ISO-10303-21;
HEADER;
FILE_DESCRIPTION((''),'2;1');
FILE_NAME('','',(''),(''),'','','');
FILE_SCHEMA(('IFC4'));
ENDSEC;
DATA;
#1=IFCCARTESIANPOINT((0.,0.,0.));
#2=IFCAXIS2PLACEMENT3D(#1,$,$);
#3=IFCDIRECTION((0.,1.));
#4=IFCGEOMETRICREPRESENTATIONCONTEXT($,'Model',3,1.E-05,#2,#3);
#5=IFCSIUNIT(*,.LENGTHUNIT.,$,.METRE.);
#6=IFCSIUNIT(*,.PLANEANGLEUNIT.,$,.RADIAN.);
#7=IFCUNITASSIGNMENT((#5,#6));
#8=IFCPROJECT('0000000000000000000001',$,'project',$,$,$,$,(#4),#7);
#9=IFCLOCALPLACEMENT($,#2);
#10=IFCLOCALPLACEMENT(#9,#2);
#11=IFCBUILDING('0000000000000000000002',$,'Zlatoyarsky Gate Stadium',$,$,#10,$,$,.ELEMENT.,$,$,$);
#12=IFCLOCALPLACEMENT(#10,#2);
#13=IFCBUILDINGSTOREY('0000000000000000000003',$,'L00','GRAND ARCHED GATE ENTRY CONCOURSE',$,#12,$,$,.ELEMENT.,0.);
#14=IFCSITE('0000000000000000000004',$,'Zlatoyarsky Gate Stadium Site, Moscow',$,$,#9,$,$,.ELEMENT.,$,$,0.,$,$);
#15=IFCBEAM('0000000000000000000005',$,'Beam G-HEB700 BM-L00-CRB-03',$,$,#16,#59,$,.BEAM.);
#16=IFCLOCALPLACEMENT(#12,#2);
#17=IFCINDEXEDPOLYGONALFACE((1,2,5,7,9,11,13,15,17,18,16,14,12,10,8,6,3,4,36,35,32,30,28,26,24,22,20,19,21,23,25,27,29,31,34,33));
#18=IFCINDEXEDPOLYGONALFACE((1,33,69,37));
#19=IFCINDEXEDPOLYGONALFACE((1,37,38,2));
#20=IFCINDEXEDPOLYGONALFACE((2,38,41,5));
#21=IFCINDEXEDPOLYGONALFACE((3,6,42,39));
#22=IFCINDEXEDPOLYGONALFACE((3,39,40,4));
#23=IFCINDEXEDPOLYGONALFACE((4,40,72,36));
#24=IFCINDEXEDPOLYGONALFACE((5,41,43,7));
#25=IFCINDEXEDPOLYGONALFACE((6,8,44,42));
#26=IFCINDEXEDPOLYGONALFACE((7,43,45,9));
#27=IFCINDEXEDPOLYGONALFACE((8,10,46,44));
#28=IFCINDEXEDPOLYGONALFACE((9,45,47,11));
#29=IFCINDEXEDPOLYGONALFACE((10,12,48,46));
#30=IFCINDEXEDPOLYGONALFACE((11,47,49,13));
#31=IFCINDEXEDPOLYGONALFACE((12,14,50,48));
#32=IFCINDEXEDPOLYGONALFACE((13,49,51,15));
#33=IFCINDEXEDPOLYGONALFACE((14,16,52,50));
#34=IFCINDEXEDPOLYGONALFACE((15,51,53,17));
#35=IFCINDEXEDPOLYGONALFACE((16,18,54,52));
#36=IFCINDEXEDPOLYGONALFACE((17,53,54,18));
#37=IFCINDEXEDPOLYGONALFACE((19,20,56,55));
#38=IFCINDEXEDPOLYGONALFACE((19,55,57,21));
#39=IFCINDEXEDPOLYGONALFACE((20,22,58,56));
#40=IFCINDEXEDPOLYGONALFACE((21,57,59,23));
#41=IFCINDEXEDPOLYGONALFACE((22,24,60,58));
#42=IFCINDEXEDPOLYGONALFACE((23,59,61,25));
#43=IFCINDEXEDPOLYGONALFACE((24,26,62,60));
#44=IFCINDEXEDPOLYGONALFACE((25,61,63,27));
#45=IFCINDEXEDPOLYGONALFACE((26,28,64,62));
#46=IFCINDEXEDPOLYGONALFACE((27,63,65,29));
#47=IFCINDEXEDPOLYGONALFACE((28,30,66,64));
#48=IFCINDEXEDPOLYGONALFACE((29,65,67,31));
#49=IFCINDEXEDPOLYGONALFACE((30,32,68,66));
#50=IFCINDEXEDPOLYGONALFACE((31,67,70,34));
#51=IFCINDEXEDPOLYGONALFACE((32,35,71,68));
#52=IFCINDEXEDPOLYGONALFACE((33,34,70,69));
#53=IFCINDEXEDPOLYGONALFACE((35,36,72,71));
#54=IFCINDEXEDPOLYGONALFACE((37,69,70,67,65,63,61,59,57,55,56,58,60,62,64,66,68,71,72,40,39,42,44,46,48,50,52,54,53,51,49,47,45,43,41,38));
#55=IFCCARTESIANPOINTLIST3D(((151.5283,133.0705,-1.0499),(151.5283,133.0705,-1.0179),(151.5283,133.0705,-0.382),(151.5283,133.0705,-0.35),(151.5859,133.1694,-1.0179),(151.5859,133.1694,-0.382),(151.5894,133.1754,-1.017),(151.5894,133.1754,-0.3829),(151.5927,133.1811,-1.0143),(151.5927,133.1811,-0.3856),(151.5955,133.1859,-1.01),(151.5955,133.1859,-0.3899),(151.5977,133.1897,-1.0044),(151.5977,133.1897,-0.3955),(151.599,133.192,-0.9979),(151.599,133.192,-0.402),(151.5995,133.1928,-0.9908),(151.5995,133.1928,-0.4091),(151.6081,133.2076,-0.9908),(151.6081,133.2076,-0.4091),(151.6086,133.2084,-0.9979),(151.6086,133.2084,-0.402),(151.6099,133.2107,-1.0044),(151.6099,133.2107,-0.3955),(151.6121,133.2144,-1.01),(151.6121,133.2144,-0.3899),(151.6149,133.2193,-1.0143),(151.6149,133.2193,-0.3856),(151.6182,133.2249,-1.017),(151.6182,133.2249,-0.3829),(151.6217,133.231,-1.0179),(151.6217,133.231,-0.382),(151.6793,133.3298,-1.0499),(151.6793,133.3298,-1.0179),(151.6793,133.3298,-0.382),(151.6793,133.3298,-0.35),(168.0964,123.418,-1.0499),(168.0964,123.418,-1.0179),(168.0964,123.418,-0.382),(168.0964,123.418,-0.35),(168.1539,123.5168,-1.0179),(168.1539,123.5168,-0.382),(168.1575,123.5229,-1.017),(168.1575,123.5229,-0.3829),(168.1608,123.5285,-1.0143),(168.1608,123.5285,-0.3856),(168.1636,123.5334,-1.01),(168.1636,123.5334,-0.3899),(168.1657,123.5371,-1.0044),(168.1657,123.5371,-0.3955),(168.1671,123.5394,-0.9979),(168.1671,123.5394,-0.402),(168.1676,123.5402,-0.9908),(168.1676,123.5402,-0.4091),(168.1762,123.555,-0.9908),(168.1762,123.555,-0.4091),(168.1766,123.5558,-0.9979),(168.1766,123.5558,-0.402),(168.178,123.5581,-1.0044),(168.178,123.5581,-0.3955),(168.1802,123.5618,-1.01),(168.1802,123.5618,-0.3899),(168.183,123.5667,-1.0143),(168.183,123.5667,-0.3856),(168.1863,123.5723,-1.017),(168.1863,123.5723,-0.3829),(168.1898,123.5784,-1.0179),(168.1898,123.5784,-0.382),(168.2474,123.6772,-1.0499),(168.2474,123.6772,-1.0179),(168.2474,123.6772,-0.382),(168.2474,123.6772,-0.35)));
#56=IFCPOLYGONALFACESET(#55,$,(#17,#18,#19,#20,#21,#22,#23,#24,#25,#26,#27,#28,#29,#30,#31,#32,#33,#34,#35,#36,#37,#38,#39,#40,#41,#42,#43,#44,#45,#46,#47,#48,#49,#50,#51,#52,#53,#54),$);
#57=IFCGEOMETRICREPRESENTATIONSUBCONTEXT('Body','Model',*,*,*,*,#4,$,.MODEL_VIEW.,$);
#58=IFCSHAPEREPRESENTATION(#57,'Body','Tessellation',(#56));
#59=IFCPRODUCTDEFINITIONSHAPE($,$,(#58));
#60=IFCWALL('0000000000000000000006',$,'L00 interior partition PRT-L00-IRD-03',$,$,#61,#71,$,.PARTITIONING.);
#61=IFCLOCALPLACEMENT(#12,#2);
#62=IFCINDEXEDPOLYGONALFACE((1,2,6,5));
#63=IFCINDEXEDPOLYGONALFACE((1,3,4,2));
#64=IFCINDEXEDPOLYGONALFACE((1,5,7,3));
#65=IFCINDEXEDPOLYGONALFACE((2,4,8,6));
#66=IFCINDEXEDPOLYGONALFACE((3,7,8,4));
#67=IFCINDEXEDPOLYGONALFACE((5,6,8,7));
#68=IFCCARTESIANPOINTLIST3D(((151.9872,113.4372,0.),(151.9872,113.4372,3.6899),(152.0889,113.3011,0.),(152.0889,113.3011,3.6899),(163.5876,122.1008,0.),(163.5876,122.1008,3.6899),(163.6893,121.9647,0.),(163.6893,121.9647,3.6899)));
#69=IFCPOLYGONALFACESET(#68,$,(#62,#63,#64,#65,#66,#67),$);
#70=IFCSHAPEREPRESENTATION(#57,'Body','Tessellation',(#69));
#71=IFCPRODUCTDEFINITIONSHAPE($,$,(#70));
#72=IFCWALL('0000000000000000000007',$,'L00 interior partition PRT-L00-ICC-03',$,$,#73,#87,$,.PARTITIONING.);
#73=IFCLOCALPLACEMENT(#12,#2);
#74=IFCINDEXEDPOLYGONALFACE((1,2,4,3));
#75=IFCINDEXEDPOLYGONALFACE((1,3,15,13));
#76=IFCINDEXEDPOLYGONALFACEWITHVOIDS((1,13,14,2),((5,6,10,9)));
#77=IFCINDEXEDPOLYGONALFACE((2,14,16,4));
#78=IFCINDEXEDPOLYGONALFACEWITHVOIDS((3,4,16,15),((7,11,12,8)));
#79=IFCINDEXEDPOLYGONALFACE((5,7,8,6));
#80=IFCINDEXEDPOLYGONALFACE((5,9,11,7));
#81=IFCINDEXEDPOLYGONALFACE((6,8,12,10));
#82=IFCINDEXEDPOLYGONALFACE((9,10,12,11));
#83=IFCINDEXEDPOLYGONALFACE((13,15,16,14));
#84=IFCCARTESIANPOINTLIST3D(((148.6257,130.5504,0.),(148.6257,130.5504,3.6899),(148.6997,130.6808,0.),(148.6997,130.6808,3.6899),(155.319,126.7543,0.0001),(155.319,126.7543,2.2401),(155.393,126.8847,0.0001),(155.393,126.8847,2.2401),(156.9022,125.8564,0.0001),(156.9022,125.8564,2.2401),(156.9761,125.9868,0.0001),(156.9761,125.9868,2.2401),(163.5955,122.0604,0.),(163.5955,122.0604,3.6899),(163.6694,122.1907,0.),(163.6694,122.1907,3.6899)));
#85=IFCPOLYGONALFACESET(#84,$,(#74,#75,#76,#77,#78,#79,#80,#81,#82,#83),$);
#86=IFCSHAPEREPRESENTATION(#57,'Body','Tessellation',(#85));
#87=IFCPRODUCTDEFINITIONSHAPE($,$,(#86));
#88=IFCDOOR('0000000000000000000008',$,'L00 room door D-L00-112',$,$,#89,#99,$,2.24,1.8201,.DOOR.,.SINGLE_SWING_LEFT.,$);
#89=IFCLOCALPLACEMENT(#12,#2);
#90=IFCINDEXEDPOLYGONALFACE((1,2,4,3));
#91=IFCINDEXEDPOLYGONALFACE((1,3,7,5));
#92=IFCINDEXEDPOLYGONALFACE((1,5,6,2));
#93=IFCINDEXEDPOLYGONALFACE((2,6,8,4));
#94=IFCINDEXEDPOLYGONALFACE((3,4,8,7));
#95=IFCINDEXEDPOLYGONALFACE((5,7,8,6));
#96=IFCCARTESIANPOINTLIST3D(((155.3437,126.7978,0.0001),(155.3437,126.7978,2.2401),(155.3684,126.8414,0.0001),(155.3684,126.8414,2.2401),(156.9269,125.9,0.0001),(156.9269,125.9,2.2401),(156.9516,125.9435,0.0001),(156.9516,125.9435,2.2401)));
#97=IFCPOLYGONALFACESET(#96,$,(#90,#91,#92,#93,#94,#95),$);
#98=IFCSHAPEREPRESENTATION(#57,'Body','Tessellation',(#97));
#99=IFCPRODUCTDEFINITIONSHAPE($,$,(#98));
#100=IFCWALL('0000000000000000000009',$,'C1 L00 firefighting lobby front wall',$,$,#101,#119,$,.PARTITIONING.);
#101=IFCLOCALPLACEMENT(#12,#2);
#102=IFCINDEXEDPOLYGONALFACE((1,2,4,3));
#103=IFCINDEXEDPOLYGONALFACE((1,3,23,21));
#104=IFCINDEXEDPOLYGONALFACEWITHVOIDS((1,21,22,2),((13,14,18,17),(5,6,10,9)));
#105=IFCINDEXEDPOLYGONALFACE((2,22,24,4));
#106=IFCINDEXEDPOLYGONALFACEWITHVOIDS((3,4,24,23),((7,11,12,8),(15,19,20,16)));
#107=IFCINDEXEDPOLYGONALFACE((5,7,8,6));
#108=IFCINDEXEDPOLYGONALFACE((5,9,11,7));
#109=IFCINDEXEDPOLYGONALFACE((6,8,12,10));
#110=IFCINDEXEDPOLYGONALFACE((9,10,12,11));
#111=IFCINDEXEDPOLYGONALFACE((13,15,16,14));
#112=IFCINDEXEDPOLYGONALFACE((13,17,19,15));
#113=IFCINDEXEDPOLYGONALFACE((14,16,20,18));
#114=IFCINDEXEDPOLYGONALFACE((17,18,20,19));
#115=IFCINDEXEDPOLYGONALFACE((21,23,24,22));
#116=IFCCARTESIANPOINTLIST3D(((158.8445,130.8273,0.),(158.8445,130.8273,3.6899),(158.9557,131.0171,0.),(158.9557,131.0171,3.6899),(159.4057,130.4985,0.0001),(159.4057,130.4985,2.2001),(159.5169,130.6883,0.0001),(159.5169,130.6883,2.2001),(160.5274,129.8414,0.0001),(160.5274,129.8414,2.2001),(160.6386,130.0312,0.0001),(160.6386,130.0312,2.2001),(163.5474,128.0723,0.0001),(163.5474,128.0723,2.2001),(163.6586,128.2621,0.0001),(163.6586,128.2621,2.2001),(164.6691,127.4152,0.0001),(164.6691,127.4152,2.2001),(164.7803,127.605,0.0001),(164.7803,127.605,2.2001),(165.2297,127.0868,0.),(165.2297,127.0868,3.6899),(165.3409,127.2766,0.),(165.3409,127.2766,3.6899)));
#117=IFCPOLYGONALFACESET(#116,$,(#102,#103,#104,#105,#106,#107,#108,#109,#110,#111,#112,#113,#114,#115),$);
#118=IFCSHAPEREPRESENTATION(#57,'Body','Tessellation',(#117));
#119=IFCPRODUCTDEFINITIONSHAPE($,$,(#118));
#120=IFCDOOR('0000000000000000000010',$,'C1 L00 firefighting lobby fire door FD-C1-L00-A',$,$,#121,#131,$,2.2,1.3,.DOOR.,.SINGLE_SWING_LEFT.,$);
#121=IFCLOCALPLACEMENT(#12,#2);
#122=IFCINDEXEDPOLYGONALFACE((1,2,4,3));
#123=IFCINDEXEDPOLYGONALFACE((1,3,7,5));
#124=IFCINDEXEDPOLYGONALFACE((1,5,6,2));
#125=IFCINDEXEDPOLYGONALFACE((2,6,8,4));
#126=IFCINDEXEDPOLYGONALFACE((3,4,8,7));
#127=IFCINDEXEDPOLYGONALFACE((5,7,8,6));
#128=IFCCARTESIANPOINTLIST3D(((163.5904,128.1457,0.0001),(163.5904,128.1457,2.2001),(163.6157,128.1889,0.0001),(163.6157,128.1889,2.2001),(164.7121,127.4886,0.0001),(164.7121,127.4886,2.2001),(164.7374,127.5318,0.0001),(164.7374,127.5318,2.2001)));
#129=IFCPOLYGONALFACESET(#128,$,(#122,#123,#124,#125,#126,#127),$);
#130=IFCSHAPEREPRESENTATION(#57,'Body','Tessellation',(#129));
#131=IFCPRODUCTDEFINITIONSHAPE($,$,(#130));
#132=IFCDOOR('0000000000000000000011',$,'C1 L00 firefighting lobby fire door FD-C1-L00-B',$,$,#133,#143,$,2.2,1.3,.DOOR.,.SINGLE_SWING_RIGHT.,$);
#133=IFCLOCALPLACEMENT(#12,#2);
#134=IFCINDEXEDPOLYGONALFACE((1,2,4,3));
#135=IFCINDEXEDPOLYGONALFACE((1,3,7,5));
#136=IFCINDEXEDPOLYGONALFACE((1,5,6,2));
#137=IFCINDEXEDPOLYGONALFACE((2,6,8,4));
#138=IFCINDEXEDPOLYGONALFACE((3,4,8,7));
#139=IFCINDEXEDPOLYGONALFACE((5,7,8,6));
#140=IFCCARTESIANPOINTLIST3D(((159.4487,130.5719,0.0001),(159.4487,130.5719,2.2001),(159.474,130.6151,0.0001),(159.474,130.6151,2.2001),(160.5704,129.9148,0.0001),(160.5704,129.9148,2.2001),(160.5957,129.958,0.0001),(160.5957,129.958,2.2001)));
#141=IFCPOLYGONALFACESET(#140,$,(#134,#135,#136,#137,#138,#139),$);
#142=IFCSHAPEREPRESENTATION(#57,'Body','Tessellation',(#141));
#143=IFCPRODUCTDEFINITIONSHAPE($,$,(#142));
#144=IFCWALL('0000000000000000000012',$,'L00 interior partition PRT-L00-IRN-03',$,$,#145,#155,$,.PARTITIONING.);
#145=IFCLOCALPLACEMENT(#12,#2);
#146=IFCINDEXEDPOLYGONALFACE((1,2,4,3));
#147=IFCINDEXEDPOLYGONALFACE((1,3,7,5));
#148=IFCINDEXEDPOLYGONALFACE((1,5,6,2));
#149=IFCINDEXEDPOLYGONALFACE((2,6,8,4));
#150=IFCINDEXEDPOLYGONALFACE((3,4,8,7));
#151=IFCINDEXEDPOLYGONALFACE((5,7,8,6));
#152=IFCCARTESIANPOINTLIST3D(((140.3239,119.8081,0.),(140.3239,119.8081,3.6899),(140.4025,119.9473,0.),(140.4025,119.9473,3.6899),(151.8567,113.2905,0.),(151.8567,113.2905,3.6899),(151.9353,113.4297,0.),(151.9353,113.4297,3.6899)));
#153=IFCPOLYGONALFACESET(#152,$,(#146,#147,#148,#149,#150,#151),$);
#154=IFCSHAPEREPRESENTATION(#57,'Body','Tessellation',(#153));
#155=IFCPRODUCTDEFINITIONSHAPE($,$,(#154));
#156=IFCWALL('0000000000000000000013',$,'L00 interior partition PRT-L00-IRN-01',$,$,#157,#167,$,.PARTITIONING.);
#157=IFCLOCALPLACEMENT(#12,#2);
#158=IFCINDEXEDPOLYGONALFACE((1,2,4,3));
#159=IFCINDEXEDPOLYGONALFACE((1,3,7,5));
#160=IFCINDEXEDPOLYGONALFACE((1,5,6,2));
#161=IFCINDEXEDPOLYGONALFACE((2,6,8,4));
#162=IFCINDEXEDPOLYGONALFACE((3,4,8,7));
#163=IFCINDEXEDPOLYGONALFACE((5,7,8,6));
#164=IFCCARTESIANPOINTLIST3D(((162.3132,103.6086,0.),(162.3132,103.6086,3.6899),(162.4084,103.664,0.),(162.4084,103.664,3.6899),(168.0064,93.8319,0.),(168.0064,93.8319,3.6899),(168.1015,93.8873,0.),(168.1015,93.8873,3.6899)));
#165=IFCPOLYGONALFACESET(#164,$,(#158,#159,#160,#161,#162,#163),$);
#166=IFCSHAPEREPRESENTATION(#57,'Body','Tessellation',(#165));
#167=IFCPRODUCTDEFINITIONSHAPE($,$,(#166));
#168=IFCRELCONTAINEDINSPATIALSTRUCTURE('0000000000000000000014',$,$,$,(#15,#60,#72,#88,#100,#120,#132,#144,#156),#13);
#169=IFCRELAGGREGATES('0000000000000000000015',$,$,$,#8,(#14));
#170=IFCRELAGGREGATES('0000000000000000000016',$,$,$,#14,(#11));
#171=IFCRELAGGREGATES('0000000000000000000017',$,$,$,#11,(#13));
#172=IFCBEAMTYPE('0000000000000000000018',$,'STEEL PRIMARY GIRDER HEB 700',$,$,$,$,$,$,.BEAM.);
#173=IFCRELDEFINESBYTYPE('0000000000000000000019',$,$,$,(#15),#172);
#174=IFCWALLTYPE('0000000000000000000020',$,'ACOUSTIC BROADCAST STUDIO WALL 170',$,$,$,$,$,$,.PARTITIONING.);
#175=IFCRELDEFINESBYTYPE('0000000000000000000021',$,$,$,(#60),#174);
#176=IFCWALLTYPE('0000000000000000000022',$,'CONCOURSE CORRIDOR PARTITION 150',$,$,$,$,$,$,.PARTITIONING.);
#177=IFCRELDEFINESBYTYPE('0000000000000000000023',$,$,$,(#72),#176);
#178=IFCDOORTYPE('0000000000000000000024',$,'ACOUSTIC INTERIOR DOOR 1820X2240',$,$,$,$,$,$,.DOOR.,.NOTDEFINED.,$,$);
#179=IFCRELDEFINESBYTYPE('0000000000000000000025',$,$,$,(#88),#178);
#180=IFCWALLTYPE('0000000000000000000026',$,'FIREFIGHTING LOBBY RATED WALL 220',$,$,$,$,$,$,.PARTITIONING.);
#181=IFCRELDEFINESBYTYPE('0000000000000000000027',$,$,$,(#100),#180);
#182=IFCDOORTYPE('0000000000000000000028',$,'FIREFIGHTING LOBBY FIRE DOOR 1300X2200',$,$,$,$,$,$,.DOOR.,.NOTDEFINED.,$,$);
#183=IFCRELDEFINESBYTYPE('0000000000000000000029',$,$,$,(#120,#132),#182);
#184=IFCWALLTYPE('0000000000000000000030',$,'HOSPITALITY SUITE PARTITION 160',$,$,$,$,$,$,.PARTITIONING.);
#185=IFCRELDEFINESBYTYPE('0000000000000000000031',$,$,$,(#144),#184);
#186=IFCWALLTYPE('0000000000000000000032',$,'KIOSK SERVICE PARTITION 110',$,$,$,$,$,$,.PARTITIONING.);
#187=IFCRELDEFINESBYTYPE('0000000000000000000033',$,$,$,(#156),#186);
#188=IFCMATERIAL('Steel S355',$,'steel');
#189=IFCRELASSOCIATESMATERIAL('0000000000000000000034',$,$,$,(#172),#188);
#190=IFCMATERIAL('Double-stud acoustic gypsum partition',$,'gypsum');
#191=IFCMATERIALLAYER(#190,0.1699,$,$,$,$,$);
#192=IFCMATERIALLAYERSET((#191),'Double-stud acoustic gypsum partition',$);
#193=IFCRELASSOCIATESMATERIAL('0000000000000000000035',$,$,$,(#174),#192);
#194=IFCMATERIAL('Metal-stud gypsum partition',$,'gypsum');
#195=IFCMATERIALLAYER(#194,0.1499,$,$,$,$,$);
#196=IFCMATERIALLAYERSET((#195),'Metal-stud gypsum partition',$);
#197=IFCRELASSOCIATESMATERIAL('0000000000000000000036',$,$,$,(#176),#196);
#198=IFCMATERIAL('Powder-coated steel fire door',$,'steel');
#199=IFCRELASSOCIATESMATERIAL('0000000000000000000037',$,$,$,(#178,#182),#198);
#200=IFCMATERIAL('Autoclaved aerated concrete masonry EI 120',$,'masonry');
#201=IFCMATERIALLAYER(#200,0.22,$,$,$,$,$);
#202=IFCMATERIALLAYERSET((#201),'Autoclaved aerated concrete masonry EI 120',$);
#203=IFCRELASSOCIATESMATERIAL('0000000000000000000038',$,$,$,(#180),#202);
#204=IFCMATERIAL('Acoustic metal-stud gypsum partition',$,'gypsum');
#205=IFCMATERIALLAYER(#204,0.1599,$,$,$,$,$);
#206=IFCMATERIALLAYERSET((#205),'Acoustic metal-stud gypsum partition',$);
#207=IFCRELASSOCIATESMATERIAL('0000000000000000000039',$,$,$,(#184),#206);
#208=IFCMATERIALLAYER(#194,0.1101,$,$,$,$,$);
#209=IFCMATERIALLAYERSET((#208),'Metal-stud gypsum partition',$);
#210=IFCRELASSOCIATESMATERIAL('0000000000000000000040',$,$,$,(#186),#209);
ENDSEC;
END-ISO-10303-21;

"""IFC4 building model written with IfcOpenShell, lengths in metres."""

from ifc_helpers import new_model, si_unit, direction, frame, frame_2d, origin, origin_2d, place, context, subcontext, project, spatial, rectangle, i_section, extrude, material, layer, layer_set, material_profile, profile_set, type_object, element, fill, save


model = new_model("IFC4")

# Units and contexts
model_context = context("Model", 3, precision=1e-05, world=origin(), true_north=direction((0.0, 1.0)))
body_context = subcontext(model_context, "Body", "Model", "MODEL_VIEW")
ifc_project = project(units=[si_unit("LENGTHUNIT", "METRE"), si_unit("PLANEANGLEUNIT", "RADIAN")], contexts=[model_context])

# Site, building, storey
site_placement = place(None, origin())
site = spatial("IfcSite", under=ifc_project, at=site_placement, Name="Zlatoyarsky Gate Stadium Site, Moscow", CompositionType="ELEMENT", RefElevation=0.0)
building_placement = place(site_placement, origin())
building = spatial("IfcBuilding", under=site, at=building_placement, Name="Zlatoyarsky Gate Stadium", CompositionType="ELEMENT")
storey_placement = place(building_placement, origin())
storey = spatial("IfcBuildingStorey", under=building, at=storey_placement, Name="L00", Description="GRAND ARCHED GATE ENTRY CONCOURSE", CompositionType="ELEMENT", Elevation=0.0)

# Beam
ifc_material_1 = material(Name="Steel S355", Category="steel")
ifc_material_profile_1 = material_profile(ifc_material_1, i_section(OverallWidth=0.3, OverallDepth=0.7, WebThickness=0.0171, FlangeThickness=0.032, FilletRadius=0.0271, at=origin_2d()), Name="HEB 700")
ifc_profile_set_1 = profile_set([ifc_material_profile_1], Name="Steel S355")
beam_type_1 = type_object("IfcBeamType", Name="STEEL PRIMARY GIRDER HEB 700", PredefinedType="BEAM", material=ifc_profile_set_1)
beam_1_placement = place(storey_placement, frame((168.1719, 123.5476, -0.7), z_axis=(-0.864054, 0.503398, 0.0), x_axis=(-0.503398, -0.864054, 0.0)))
element("IfcBeam", 1, at=beam_1_placement, inside=storey, type_object=beam_type_1, Name="Beam G-HEB700 BM-L00-CRB-03", PredefinedType="BEAM", context=body_context, shape_type="SweptSolid", body=[
    extrude(i_section(OverallWidth=0.3, OverallDepth=0.7, WebThickness=0.0171, FlangeThickness=0.032, FilletRadius=0.0271, at=origin_2d()), origin(), (0.0, 0.0, 1.0), 19.1748),
])

# Wall
ifc_material_2 = material(Name="Double-stud acoustic gypsum partition", Category="gypsum")
ifc_layer_1 = layer(ifc_material_2, 0.1699)
ifc_layer_set_1 = layer_set([ifc_layer_1], Name="Double-stud acoustic gypsum partition")
wall_type_1 = type_object("IfcWallType", Name="ACOUSTIC BROADCAST STUDIO WALL 170", PredefinedType="PARTITIONING", material=ifc_layer_set_1)
wall_1_placement = place(storey_placement, frame((152.0381, 113.3691, 0.0), z_axis=(0.0, 0.0, 1.0), x_axis=(0.801214, 0.598377, 0.0)))
element("IfcWall", 2, at=wall_1_placement, inside=storey, type_object=wall_type_1, Name="L00 interior partition PRT-L00-IRD-03", PredefinedType="PARTITIONING", context=body_context, shape_type="SweptSolid", body=[
    extrude(rectangle(XDim=14.4785, YDim=0.1699, at=frame_2d((7.2393, 0.0))), origin(), (0.0, 0.0, 1.0), 3.6899),
])

# Wall, opening, door
ifc_material_3 = material(Name="Metal-stud gypsum partition", Category="gypsum")
ifc_layer_2 = layer(ifc_material_3, 0.1499)
ifc_layer_set_2 = layer_set([ifc_layer_2], Name="Metal-stud gypsum partition")
wall_type_2 = type_object("IfcWallType", Name="CONCOURSE CORRIDOR PARTITION 150", PredefinedType="PARTITIONING", material=ifc_layer_set_2)
wall_2_placement = place(storey_placement, frame((163.6326, 122.1255, 0.0), z_axis=(0.0, 0.0, 1.0), x_axis=(-0.869844, 0.493327, 0.0)))
wall_2 = element("IfcWall", 3, at=wall_2_placement, inside=storey, type_object=wall_type_2, Name="L00 interior partition PRT-L00-ICC-03", PredefinedType="PARTITIONING", context=body_context, shape_type="SweptSolid", body=[
    extrude(rectangle(XDim=17.2097, YDim=0.1499, at=frame_2d((8.605, 0.0))), origin(), (0.0, 0.0, 1.0), 3.6899),
])
opening_1_placement = place(wall_2_placement, frame((7.6948, 0.0, 0.0)))
opening_1 = element("IfcOpeningElement", 4, at=opening_1_placement, cuts=wall_2, PredefinedType="OPENING", context=body_context, shape_type="SweptSolid", body=[
    extrude(rectangle(XDim=1.8201, YDim=2.24, at=frame_2d((0.9102, 1.1201))), frame((0.0, 0.085, 0.0), z_axis=(0.0, -1.0, 0.0), x_axis=(1.0, 0.0, 0.0)), (0.0, 0.0, 1.0), 0.1699),
])
ifc_material_4 = material(Name="Powder-coated steel fire door", Category="steel")
door_type_1 = type_object("IfcDoorType", Name="ACOUSTIC INTERIOR DOOR 1820X2240", OperationType="NOTDEFINED", PredefinedType="DOOR", material=ifc_material_4)
door_1_placement = place(opening_1_placement, origin())
door_1 = element("IfcDoor", 5, at=door_1_placement, inside=storey, type_object=door_type_1, Name="L00 room door D-L00-112", OperationType="SINGLE_SWING_LEFT", OverallHeight=2.24, OverallWidth=1.8201, PredefinedType="DOOR", context=body_context, shape_type="SweptSolid", body=[
    extrude(rectangle(XDim=1.8201, YDim=2.24, at=frame_2d((0.9102, 1.1201))), frame((0.0, 0.0249, 0.0), z_axis=(0.0, -1.0, 0.0), x_axis=(1.0, 0.0, 0.0)), (0.0, 0.0, 1.0), 0.05),
])
fill(opening_1, door_1)

# Wall, openings, doors
ifc_material_5 = material(Name="Autoclaved aerated concrete masonry EI 120", Category="masonry")
ifc_layer_3 = layer(ifc_material_5, 0.22)
ifc_layer_set_3 = layer_set([ifc_layer_3], Name="Autoclaved aerated concrete masonry EI 120")
wall_type_3 = type_object("IfcWallType", Name="FIREFIGHTING LOBBY RATED WALL 220", PredefinedType="PARTITIONING", material=ifc_layer_set_3)
wall_3_placement = place(storey_placement, frame((165.2854, 127.1816, 0.0), z_axis=(0.0, 0.0, 1.0), x_axis=(-0.862851, 0.505458, 0.0)))
wall_3 = element("IfcWall", 6, at=wall_3_placement, inside=storey, type_object=wall_type_3, Name="C1 L00 firefighting lobby front wall", PredefinedType="PARTITIONING", context=body_context, shape_type="SweptSolid", body=[
    extrude(rectangle(XDim=7.4001, YDim=0.22, at=frame_2d((3.7002, 0.0))), origin(), (0.0, 0.0, 1.0), 3.6899),
])
opening_2_placement = place(wall_3_placement, frame((0.6499, 0.0, 0.0)))
opening_2 = element("IfcOpeningElement", 7, at=opening_2_placement, cuts=wall_3, PredefinedType="OPENING", context=body_context, shape_type="SweptSolid", body=[
    extrude(rectangle(XDim=1.3, YDim=2.2, at=frame_2d((0.6499, 1.1001))), frame((0.0, 0.1199, 0.0), z_axis=(0.0, -1.0, 0.0), x_axis=(1.0, 0.0, 0.0)), (0.0, 0.0, 1.0), 0.24),
])
opening_3_placement = place(wall_3_placement, frame((5.45, 0.0, 0.0)))
opening_3 = element("IfcOpeningElement", 8, at=opening_3_placement, cuts=wall_3, PredefinedType="OPENING", context=body_context, shape_type="SweptSolid", body=[
    extrude(rectangle(XDim=1.3, YDim=2.2, at=frame_2d((0.6499, 1.1001))), frame((0.0, 0.1199, 0.0), z_axis=(0.0, -1.0, 0.0), x_axis=(1.0, 0.0, 0.0)), (0.0, 0.0, 1.0), 0.24),
])
door_type_2 = type_object("IfcDoorType", Name="FIREFIGHTING LOBBY FIRE DOOR 1300X2200", OperationType="NOTDEFINED", PredefinedType="DOOR", material=ifc_material_4)
door_2_placement = place(opening_2_placement, origin())
door_2 = element("IfcDoor", 9, at=door_2_placement, inside=storey, type_object=door_type_2, Name="C1 L00 firefighting lobby fire door FD-C1-L00-A", OperationType="SINGLE_SWING_LEFT", OverallHeight=2.2, OverallWidth=1.3, PredefinedType="DOOR", context=body_context, shape_type="SweptSolid", body=[
    extrude(rectangle(XDim=1.3, YDim=2.2, at=frame_2d((0.6499, 1.1001))), frame((0.0, 0.0249, 0.0), z_axis=(0.0, -1.0, 0.0), x_axis=(1.0, 0.0, 0.0)), (0.0, 0.0, 1.0), 0.05),
])
fill(opening_2, door_2)
door_3_placement = place(opening_3_placement, origin())
door_3 = element("IfcDoor", 10, at=door_3_placement, inside=storey, type_object=door_type_2, Name="C1 L00 firefighting lobby fire door FD-C1-L00-B", OperationType="SINGLE_SWING_RIGHT", OverallHeight=2.2, OverallWidth=1.3, PredefinedType="DOOR", context=body_context, shape_type="SweptSolid", body=[
    extrude(rectangle(XDim=1.3, YDim=2.2, at=frame_2d((0.6499, 1.1001))), frame((0.0, 0.0249, 0.0), z_axis=(0.0, -1.0, 0.0), x_axis=(1.0, 0.0, 0.0)), (0.0, 0.0, 1.0), 0.05),
])
fill(opening_3, door_3)

# Walls
ifc_material_6 = material(Name="Acoustic metal-stud gypsum partition", Category="gypsum")
ifc_layer_4 = layer(ifc_material_6, 0.1599)
ifc_layer_set_4 = layer_set([ifc_layer_4], Name="Acoustic metal-stud gypsum partition")
wall_type_4 = type_object("IfcWallType", Name="HOSPITALITY SUITE PARTITION 160", PredefinedType="PARTITIONING", material=ifc_layer_set_4)
wall_4_placement = place(storey_placement, frame((151.896, 113.3601, 0.0), z_axis=(0.0, 0.0, 1.0), x_axis=(-0.870592, 0.492005, 0.0)))
element("IfcWall", 11, at=wall_4_placement, inside=storey, type_object=wall_type_4, Name="L00 interior partition PRT-L00-IRN-03", PredefinedType="PARTITIONING", context=body_context, shape_type="SweptSolid", body=[
    extrude(rectangle(XDim=13.2471, YDim=0.1599, at=frame_2d((6.6235, 0.0))), origin(), (0.0, 0.0, 1.0), 3.6899),
])
ifc_layer_5 = layer(ifc_material_3, 0.1101)
ifc_layer_set_5 = layer_set([ifc_layer_5], Name="Metal-stud gypsum partition")
wall_type_5 = type_object("IfcWallType", Name="KIOSK SERVICE PARTITION 110", PredefinedType="PARTITIONING", material=ifc_layer_set_5)
wall_5_placement = place(storey_placement, frame((168.054, 93.8596, 0.0), z_axis=(0.0, 0.0, 1.0), x_axis=(-0.503217, 0.86416, 0.0)))
element("IfcWall", 12, at=wall_5_placement, inside=storey, type_object=wall_type_5, Name="L00 interior partition PRT-L00-IRN-01", PredefinedType="PARTITIONING", context=body_context, shape_type="SweptSolid", body=[
    extrude(rectangle(XDim=11.3135, YDim=0.1101, at=frame_2d((5.6567, 0.0))), origin(), (0.0, 0.0, 1.0), 3.6899),
])

save(model, "model.ifc")
